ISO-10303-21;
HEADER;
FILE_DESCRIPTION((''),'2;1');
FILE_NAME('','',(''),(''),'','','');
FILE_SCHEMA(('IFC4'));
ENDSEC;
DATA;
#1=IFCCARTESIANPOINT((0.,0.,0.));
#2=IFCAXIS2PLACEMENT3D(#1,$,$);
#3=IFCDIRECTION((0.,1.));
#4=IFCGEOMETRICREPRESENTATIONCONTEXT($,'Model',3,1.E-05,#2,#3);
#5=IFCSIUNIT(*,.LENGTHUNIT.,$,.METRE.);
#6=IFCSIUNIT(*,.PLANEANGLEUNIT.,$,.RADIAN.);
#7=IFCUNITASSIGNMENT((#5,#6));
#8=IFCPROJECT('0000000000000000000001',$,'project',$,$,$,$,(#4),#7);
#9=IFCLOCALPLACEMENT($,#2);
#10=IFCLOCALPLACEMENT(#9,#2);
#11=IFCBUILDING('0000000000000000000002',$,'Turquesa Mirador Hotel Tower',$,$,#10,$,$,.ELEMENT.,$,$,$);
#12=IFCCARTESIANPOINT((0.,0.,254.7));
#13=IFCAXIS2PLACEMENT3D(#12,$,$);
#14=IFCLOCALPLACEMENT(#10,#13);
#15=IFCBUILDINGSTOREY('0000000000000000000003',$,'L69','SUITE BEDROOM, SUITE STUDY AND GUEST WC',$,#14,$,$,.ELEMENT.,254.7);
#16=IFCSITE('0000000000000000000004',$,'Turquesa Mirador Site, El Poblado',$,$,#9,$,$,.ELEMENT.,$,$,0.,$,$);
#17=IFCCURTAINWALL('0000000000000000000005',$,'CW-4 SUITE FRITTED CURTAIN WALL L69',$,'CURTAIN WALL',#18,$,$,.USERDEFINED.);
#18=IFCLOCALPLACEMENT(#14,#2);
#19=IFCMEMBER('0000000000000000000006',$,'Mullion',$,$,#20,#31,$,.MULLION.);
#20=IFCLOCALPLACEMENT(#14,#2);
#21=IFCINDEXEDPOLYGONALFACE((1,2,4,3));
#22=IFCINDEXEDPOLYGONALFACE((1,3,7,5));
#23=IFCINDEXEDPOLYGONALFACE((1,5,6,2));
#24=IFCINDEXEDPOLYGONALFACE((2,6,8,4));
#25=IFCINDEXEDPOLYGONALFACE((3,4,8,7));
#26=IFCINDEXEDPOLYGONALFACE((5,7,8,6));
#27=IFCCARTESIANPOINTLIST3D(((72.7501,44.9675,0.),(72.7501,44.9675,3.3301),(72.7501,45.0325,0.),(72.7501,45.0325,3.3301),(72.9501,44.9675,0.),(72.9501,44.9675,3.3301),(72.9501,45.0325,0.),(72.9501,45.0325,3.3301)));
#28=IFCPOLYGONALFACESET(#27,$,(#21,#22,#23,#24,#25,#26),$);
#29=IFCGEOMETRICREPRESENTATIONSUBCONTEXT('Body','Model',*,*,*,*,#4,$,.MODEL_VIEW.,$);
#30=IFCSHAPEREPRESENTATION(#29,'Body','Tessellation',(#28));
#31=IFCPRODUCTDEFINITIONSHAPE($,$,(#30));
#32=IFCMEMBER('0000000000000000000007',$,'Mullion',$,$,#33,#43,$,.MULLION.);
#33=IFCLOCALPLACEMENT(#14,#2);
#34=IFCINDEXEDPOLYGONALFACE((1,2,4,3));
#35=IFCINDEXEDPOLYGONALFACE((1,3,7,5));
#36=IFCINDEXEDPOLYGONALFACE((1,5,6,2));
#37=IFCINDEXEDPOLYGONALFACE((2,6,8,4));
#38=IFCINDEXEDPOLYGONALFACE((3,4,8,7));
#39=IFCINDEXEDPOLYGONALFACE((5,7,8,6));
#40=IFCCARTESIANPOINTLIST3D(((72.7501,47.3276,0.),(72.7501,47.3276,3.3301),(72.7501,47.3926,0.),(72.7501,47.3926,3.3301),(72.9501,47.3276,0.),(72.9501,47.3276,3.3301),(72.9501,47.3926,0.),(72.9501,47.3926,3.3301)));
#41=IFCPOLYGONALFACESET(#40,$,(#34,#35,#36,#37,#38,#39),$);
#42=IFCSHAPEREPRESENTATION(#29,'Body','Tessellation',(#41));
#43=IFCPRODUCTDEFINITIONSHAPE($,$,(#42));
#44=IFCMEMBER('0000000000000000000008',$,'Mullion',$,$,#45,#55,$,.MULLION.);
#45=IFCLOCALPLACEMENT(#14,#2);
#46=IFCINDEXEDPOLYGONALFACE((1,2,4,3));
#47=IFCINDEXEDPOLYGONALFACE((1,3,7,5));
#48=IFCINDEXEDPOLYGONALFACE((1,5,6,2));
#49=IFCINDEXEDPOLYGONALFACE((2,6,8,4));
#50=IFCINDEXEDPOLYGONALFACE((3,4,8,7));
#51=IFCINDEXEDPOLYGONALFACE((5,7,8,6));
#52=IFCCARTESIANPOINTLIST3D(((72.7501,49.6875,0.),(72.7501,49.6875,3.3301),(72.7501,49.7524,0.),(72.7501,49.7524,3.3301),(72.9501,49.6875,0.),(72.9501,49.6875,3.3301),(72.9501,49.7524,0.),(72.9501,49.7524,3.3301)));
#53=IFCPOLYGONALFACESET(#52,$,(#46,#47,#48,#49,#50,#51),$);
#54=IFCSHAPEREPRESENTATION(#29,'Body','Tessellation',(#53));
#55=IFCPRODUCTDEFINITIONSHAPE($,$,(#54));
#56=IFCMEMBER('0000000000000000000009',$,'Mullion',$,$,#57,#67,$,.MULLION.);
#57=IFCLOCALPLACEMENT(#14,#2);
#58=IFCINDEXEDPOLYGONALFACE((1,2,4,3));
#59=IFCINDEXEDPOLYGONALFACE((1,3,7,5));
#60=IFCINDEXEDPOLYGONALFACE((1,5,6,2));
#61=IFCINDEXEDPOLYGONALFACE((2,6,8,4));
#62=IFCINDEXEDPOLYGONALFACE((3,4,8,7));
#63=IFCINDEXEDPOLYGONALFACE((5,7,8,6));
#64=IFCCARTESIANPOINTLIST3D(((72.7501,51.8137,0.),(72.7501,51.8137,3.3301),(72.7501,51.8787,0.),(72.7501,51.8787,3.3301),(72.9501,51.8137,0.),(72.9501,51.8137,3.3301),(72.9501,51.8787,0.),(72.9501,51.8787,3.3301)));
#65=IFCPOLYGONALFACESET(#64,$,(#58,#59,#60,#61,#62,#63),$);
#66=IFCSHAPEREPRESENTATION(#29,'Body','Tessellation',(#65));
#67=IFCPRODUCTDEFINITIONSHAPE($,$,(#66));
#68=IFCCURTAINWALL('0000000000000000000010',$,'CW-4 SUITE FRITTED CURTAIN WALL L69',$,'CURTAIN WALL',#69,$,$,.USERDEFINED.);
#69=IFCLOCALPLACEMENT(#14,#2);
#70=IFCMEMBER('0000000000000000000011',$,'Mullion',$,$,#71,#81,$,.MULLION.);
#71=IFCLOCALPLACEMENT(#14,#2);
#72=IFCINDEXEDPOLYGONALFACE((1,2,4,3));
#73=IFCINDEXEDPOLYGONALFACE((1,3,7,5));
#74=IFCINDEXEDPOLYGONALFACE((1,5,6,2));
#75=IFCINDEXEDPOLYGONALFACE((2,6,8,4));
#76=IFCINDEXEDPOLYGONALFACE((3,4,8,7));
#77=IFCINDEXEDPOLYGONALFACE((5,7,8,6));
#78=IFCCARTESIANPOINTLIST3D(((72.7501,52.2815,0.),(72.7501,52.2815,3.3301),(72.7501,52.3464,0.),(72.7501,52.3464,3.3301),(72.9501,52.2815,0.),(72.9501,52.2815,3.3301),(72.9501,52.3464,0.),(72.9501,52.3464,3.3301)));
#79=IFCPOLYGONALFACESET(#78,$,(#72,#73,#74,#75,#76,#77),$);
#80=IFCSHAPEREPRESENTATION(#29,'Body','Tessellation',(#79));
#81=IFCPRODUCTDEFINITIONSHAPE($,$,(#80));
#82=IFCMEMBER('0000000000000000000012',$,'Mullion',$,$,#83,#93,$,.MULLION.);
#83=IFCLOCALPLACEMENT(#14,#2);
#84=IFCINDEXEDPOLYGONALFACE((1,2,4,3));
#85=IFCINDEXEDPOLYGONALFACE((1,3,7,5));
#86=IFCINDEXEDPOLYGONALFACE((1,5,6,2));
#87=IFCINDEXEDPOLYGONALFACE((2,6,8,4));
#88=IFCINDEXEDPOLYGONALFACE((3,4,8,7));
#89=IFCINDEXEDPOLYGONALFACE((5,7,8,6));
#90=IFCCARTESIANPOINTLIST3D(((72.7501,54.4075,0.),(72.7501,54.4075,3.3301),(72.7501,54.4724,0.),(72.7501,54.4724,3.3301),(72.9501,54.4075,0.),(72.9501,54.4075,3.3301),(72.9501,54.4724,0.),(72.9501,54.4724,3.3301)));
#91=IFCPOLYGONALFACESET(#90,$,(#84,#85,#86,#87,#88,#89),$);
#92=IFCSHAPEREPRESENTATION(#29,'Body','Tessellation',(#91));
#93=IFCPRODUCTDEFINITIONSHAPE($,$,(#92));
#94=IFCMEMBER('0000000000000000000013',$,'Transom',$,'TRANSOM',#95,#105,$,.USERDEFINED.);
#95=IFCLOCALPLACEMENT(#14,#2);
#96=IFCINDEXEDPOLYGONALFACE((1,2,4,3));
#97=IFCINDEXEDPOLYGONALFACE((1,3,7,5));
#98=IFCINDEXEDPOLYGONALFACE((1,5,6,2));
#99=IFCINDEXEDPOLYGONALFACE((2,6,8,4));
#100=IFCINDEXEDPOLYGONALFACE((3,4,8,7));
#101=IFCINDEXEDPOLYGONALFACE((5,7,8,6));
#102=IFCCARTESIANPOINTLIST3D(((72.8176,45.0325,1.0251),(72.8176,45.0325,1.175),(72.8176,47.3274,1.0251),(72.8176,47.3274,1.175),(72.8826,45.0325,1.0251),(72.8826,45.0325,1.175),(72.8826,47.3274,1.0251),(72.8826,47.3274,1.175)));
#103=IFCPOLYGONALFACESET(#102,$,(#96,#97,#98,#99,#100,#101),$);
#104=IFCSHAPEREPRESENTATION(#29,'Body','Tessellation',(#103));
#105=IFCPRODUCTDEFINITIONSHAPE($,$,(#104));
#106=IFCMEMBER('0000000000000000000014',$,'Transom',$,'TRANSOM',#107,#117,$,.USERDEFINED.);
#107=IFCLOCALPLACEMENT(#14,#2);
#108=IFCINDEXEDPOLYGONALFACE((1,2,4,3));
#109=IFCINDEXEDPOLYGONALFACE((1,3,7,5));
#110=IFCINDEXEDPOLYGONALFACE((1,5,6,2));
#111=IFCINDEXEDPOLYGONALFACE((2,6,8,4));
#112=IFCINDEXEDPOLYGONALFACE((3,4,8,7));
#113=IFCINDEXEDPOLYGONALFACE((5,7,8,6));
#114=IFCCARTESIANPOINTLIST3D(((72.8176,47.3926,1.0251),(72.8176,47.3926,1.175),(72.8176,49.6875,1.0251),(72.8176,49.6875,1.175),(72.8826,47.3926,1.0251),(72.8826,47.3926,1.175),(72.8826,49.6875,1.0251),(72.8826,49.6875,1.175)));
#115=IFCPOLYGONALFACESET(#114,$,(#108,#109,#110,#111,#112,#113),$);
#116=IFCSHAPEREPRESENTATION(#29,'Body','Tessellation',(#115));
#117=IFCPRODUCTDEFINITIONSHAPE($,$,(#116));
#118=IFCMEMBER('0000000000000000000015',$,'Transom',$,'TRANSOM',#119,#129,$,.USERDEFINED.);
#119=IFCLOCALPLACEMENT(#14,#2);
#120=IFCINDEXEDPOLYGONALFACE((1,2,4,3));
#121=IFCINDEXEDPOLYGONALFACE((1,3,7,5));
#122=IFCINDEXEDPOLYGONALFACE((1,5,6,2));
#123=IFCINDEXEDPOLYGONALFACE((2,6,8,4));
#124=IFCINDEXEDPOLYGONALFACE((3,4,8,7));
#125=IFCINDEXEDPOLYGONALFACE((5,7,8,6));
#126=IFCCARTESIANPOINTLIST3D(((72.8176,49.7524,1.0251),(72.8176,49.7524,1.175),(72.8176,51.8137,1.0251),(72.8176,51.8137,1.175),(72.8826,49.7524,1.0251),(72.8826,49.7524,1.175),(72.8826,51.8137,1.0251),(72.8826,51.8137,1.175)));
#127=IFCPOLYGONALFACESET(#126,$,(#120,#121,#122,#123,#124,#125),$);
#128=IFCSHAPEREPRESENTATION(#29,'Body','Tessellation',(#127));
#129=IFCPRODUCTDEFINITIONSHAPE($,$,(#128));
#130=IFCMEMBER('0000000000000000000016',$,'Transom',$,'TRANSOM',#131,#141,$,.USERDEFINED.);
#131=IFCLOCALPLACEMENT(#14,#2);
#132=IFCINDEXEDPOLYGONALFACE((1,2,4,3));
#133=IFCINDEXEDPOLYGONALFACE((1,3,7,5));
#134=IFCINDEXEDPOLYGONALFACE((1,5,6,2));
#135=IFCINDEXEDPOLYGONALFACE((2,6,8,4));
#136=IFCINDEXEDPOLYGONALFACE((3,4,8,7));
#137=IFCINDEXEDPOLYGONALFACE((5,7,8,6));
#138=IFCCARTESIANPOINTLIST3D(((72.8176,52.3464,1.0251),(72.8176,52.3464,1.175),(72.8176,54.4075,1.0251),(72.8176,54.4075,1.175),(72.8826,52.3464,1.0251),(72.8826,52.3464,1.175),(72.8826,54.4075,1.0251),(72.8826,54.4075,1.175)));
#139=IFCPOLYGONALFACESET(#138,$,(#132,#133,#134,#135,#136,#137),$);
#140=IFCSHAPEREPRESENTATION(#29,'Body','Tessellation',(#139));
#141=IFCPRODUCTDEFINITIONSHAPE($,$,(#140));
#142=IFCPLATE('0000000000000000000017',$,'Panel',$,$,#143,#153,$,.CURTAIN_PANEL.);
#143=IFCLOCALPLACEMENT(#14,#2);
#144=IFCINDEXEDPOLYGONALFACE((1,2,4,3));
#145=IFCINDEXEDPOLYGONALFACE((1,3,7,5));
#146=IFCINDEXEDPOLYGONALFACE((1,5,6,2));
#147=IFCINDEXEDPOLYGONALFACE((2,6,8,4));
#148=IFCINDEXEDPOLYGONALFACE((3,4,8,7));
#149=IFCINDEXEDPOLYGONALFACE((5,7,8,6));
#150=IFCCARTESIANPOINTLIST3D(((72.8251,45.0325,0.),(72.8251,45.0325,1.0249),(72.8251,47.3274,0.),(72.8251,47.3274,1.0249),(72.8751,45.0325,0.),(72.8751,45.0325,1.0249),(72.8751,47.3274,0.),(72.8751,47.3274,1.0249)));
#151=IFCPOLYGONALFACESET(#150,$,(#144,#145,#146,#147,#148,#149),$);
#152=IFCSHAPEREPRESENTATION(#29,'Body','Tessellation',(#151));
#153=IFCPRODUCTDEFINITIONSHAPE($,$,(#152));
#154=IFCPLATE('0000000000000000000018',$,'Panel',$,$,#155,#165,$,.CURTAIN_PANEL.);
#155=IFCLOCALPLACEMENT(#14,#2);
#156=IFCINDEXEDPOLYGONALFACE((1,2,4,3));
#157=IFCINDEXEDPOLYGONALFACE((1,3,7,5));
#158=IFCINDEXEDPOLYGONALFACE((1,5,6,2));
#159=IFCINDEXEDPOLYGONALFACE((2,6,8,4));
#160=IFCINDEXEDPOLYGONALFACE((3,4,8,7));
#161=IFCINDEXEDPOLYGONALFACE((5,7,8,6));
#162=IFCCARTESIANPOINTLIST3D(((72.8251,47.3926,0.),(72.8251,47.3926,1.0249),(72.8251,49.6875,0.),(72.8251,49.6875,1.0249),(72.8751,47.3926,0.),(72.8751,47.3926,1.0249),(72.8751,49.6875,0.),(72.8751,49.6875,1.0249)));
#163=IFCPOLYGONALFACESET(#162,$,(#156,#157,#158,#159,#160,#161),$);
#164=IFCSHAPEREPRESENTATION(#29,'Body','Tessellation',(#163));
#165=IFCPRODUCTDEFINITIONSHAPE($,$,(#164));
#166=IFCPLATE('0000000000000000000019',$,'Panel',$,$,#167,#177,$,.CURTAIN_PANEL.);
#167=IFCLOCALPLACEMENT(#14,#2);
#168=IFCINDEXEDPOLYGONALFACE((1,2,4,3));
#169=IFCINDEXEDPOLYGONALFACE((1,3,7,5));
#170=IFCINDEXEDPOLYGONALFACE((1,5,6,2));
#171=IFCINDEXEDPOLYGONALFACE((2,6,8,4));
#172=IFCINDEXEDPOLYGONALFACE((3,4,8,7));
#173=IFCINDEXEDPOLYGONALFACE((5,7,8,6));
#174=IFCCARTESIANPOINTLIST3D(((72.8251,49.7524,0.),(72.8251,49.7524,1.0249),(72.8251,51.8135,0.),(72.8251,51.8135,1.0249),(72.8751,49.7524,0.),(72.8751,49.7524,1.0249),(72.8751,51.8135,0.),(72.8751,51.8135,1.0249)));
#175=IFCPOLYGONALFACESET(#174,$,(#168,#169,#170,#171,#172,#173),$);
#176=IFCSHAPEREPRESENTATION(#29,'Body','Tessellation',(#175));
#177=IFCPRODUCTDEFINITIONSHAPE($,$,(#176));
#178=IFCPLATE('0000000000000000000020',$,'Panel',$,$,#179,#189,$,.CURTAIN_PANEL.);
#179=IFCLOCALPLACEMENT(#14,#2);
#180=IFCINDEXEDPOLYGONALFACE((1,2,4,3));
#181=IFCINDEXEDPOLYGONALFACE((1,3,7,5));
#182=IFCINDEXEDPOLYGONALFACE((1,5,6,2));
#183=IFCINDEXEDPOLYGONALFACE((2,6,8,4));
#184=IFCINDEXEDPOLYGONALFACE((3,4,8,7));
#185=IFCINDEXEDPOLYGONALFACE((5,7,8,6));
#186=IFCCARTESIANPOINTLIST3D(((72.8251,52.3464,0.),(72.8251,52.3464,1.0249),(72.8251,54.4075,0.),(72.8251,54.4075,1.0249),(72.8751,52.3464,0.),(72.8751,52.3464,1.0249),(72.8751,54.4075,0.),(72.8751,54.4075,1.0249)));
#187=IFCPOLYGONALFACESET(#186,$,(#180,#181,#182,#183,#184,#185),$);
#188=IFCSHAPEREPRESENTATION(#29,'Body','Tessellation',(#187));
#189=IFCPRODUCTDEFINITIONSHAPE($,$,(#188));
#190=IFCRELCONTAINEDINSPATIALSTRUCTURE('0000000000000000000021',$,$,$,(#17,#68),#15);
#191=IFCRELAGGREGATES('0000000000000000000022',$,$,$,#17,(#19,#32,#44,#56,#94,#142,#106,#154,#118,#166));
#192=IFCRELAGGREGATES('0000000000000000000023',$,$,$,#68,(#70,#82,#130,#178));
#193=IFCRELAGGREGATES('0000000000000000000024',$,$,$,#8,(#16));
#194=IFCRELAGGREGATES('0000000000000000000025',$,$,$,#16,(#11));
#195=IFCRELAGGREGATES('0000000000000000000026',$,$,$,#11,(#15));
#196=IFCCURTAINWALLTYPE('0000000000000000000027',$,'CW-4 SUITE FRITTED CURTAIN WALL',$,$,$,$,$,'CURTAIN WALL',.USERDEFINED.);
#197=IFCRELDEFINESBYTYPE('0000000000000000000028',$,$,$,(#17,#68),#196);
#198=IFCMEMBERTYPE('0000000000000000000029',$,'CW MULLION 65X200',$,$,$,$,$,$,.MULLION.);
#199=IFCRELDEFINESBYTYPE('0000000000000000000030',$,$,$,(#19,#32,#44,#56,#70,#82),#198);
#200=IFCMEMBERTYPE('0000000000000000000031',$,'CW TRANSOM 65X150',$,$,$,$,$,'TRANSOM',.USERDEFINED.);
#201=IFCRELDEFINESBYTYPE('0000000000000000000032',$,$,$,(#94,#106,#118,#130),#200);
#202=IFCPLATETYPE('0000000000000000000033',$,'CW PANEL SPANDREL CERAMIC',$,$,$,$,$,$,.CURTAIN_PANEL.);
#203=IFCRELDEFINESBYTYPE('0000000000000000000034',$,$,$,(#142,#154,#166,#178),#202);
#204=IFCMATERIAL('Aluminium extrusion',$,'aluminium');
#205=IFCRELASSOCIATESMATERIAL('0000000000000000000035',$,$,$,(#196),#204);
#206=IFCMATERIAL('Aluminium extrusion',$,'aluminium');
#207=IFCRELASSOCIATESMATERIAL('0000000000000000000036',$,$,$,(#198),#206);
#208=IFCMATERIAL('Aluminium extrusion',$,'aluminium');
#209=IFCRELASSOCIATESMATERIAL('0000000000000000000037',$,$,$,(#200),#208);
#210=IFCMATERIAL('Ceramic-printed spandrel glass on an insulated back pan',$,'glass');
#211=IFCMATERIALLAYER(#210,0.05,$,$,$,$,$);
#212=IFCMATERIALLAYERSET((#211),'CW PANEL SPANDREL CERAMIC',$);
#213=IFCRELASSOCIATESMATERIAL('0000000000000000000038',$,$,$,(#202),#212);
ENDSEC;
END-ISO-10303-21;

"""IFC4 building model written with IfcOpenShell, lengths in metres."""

from ifc_helpers import new_model, si_unit, direction, frame, origin, origin_2d, place, context, subcontext, project, spatial, rectangle, extrude, material, layer, layer_set, material_profile, profile_set, type_object, element, aggregate, save


model = new_model("IFC4")

# Units and contexts
model_context = context("Model", 3, precision=1e-05, world=origin(), true_north=direction((0.0, 1.0)))
body_context = subcontext(model_context, "Body", "Model", "MODEL_VIEW")
ifc_project = project(units=[si_unit("LENGTHUNIT", "METRE"), si_unit("PLANEANGLEUNIT", "RADIAN")], contexts=[model_context])

# Site, building, storey
site_placement = place(None, origin())
site = spatial("IfcSite", under=ifc_project, at=site_placement, Name="Turquesa Mirador Site, El Poblado", CompositionType="ELEMENT", RefElevation=0.0)
building_placement = place(site_placement, origin())
building = spatial("IfcBuilding", under=site, at=building_placement, Name="Turquesa Mirador Hotel Tower", CompositionType="ELEMENT")
storey_placement = place(building_placement, frame((0.0, 0.0, 254.7)))
storey = spatial("IfcBuildingStorey", under=building, at=storey_placement, Name="L69", Description="SUITE BEDROOM, SUITE STUDY AND GUEST WC", CompositionType="ELEMENT", Elevation=254.7)

# Curtain walls, members
ifc_material_1 = material(Name="Aluminium extrusion", Category="aluminium")
curtain_wall_type = type_object("IfcCurtainWallType", Name="CW-4 SUITE FRITTED CURTAIN WALL", ElementType="CURTAIN WALL", PredefinedType="USERDEFINED", material=ifc_material_1)
curtain_wall_1_placement = place(storey_placement, origin())
curtain_wall_1 = element("IfcCurtainWall", 1, at=curtain_wall_1_placement, inside=storey, type_object=curtain_wall_type, Name="CW-4 SUITE FRITTED CURTAIN WALL L69", ObjectType="CURTAIN WALL", PredefinedType="USERDEFINED")
ifc_material_2 = material(Name="Aluminium extrusion", Category="aluminium")
ifc_material_profile_1 = material_profile(ifc_material_2, rectangle(XDim=0.0649, YDim=0.2, at=origin_2d()), Name="MULLION 65X200")
ifc_profile_set_1 = profile_set([ifc_material_profile_1], Name="Aluminium extrusion")
member_type_1 = type_object("IfcMemberType", Name="CW MULLION 65X200", PredefinedType="MULLION", material=ifc_profile_set_1)
member_1_placement = place(storey_placement, frame((72.8501, 45.0, 0.0), z_axis=(0.0, 0.0, 1.0), x_axis=(0.0, 1.0, 0.0)))
member_1 = element("IfcMember", 2, at=member_1_placement, type_object=member_type_1, Name="Mullion", PredefinedType="MULLION", context=body_context, shape_type="SweptSolid", body=[
    extrude(rectangle(XDim=0.0649, YDim=0.2, at=origin_2d()), origin(), (0.0, 0.0, 1.0), 3.3301),
])
member_2_placement = place(storey_placement, frame((72.8501, 47.3601, 0.0), z_axis=(0.0, 0.0, 1.0), x_axis=(0.0, 1.0, 0.0)))
member_2 = element("IfcMember", 3, at=member_2_placement, type_object=member_type_1, Name="Mullion", PredefinedType="MULLION", context=body_context, shape_type="SweptSolid", body=[
    extrude(rectangle(XDim=0.0649, YDim=0.2, at=origin_2d()), origin(), (0.0, 0.0, 1.0), 3.3301),
])
member_3_placement = place(storey_placement, frame((72.8501, 49.72, 0.0), z_axis=(0.0, 0.0, 1.0), x_axis=(0.0, 1.0, 0.0)))
member_3 = element("IfcMember", 4, at=member_3_placement, type_object=member_type_1, Name="Mullion", PredefinedType="MULLION", context=body_context, shape_type="SweptSolid", body=[
    extrude(rectangle(XDim=0.0649, YDim=0.2, at=origin_2d()), origin(), (0.0, 0.0, 1.0), 3.3301),
])
member_4_placement = place(storey_placement, frame((72.8501, 51.8462, 0.0), z_axis=(0.0, 0.0, 1.0), x_axis=(0.0, 1.0, 0.0)))
member_4 = element("IfcMember", 5, at=member_4_placement, type_object=member_type_1, Name="Mullion", PredefinedType="MULLION", context=body_context, shape_type="SweptSolid", body=[
    extrude(rectangle(XDim=0.0649, YDim=0.2, at=origin_2d()), origin(), (0.0, 0.0, 1.0), 3.3301),
])
curtain_wall_2_placement = place(storey_placement, origin())
curtain_wall_2 = element("IfcCurtainWall", 6, at=curtain_wall_2_placement, inside=storey, type_object=curtain_wall_type, Name="CW-4 SUITE FRITTED CURTAIN WALL L69", ObjectType="CURTAIN WALL", PredefinedType="USERDEFINED")
member_5_placement = place(storey_placement, frame((72.8501, 52.314, 0.0), z_axis=(0.0, 0.0, 1.0), x_axis=(0.0, 1.0, 0.0)))
member_5 = element("IfcMember", 7, at=member_5_placement, type_object=member_type_1, Name="Mullion", PredefinedType="MULLION", context=body_context, shape_type="SweptSolid", body=[
    extrude(rectangle(XDim=0.0649, YDim=0.2, at=origin_2d()), origin(), (0.0, 0.0, 1.0), 3.3301),
])
member_6_placement = place(storey_placement, frame((72.8501, 54.4399, 0.0), z_axis=(0.0, 0.0, 1.0), x_axis=(0.0, 1.0, 0.0)))
member_6 = element("IfcMember", 8, at=member_6_placement, type_object=member_type_1, Name="Mullion", PredefinedType="MULLION", context=body_context, shape_type="SweptSolid", body=[
    extrude(rectangle(XDim=0.0649, YDim=0.2, at=origin_2d()), origin(), (0.0, 0.0, 1.0), 3.3301),
])

# Members
ifc_material_3 = material(Name="Aluminium extrusion", Category="aluminium")
ifc_material_profile_2 = material_profile(ifc_material_3, rectangle(XDim=0.0649, YDim=0.1499, at=origin_2d()), Name="TRANSOM 65X150")
ifc_profile_set_2 = profile_set([ifc_material_profile_2], Name="Aluminium extrusion")
member_type_2 = type_object("IfcMemberType", Name="CW TRANSOM 65X150", ElementType="TRANSOM", PredefinedType="USERDEFINED", material=ifc_profile_set_2)
member_7_placement = place(storey_placement, frame((72.8501, 45.0325, 1.1001), z_axis=(0.0, 1.0, 0.0), x_axis=(-1.0, 0.0, 0.0)))
member_7 = element("IfcMember", 9, at=member_7_placement, type_object=member_type_2, Name="Transom", ObjectType="TRANSOM", PredefinedType="USERDEFINED", context=body_context, shape_type="SweptSolid", body=[
    extrude(rectangle(XDim=0.0649, YDim=0.1499, at=origin_2d()), origin(), (0.0, 0.0, 1.0), 2.2949),
])
member_8_placement = place(storey_placement, frame((72.8501, 47.3926, 1.1001), z_axis=(0.0, 1.0, 0.0), x_axis=(-1.0, 0.0, 0.0)))
member_8 = element("IfcMember", 10, at=member_8_placement, type_object=member_type_2, Name="Transom", ObjectType="TRANSOM", PredefinedType="USERDEFINED", context=body_context, shape_type="SweptSolid", body=[
    extrude(rectangle(XDim=0.0649, YDim=0.1499, at=origin_2d()), origin(), (0.0, 0.0, 1.0), 2.2949),
])
member_9_placement = place(storey_placement, frame((72.8501, 49.7524, 1.1001), z_axis=(0.0, 1.0, 0.0), x_axis=(-1.0, 0.0, 0.0)))
member_9 = element("IfcMember", 11, at=member_9_placement, type_object=member_type_2, Name="Transom", ObjectType="TRANSOM", PredefinedType="USERDEFINED", context=body_context, shape_type="SweptSolid", body=[
    extrude(rectangle(XDim=0.0649, YDim=0.1499, at=origin_2d()), origin(), (0.0, 0.0, 1.0), 2.0613),
])
member_10_placement = place(storey_placement, frame((72.8501, 52.3464, 1.1001), z_axis=(0.0, 1.0, 0.0), x_axis=(-1.0, 0.0, 0.0)))
member_10 = element("IfcMember", 12, at=member_10_placement, type_object=member_type_2, Name="Transom", ObjectType="TRANSOM", PredefinedType="USERDEFINED", context=body_context, shape_type="SweptSolid", body=[
    extrude(rectangle(XDim=0.0649, YDim=0.1499, at=origin_2d()), origin(), (0.0, 0.0, 1.0), 2.061),
])

# Plates
ifc_material_4 = material(Name="Ceramic-printed spandrel glass on an insulated back pan", Category="glass")
ifc_layer_1 = layer(ifc_material_4, 0.05)
ifc_layer_set_1 = layer_set([ifc_layer_1], Name="CW PANEL SPANDREL CERAMIC")
plate_type_1 = type_object("IfcPlateType", Name="CW PANEL SPANDREL CERAMIC", PredefinedType="CURTAIN_PANEL", material=ifc_layer_set_1)
plate_1_placement = place(storey_placement, frame((72.8501, 46.1799, 0.0), z_axis=(0.0, 0.0, 1.0), x_axis=(0.0, 1.0, 0.0)))
plate_1 = element("IfcPlate", 13, at=plate_1_placement, type_object=plate_type_1, Name="Panel", PredefinedType="CURTAIN_PANEL", context=body_context, shape_type="SweptSolid", body=[
    extrude(rectangle(XDim=2.2949, YDim=0.05, at=origin_2d()), origin(), (0.0, 0.0, 1.0), 1.0249),
])
plate_2_placement = place(storey_placement, frame((72.8501, 48.54, 0.0), z_axis=(0.0, 0.0, 1.0), x_axis=(0.0, 1.0, 0.0)))
plate_2 = element("IfcPlate", 14, at=plate_2_placement, type_object=plate_type_1, Name="Panel", PredefinedType="CURTAIN_PANEL", context=body_context, shape_type="SweptSolid", body=[
    extrude(rectangle(XDim=2.2949, YDim=0.05, at=origin_2d()), origin(), (0.0, 0.0, 1.0), 1.0249),
])
plate_3_placement = place(storey_placement, frame((72.8501, 50.783, 0.0), z_axis=(0.0, 0.0, 1.0), x_axis=(0.0, 1.0, 0.0)))
plate_3 = element("IfcPlate", 15, at=plate_3_placement, type_object=plate_type_1, Name="Panel", PredefinedType="CURTAIN_PANEL", context=body_context, shape_type="SweptSolid", body=[
    extrude(rectangle(XDim=2.061, YDim=0.05, at=origin_2d()), origin(), (0.0, 0.0, 1.0), 1.0249),
])
plate_4_placement = place(storey_placement, frame((72.8501, 53.377, 0.0), z_axis=(0.0, 0.0, 1.0), x_axis=(0.0, 1.0, 0.0)))
plate_4 = element("IfcPlate", 16, at=plate_4_placement, type_object=plate_type_1, Name="Panel", PredefinedType="CURTAIN_PANEL", context=body_context, shape_type="SweptSolid", body=[
    extrude(rectangle(XDim=2.061, YDim=0.05, at=origin_2d()), origin(), (0.0, 0.0, 1.0), 1.0249),
])
aggregate(curtain_wall_1, [member_1, member_2, member_3, member_4, member_7, plate_1, member_8, plate_2, member_9, plate_3])
aggregate(curtain_wall_2, [member_5, member_6, member_10, plate_4])

save(model, "model.ifc")
